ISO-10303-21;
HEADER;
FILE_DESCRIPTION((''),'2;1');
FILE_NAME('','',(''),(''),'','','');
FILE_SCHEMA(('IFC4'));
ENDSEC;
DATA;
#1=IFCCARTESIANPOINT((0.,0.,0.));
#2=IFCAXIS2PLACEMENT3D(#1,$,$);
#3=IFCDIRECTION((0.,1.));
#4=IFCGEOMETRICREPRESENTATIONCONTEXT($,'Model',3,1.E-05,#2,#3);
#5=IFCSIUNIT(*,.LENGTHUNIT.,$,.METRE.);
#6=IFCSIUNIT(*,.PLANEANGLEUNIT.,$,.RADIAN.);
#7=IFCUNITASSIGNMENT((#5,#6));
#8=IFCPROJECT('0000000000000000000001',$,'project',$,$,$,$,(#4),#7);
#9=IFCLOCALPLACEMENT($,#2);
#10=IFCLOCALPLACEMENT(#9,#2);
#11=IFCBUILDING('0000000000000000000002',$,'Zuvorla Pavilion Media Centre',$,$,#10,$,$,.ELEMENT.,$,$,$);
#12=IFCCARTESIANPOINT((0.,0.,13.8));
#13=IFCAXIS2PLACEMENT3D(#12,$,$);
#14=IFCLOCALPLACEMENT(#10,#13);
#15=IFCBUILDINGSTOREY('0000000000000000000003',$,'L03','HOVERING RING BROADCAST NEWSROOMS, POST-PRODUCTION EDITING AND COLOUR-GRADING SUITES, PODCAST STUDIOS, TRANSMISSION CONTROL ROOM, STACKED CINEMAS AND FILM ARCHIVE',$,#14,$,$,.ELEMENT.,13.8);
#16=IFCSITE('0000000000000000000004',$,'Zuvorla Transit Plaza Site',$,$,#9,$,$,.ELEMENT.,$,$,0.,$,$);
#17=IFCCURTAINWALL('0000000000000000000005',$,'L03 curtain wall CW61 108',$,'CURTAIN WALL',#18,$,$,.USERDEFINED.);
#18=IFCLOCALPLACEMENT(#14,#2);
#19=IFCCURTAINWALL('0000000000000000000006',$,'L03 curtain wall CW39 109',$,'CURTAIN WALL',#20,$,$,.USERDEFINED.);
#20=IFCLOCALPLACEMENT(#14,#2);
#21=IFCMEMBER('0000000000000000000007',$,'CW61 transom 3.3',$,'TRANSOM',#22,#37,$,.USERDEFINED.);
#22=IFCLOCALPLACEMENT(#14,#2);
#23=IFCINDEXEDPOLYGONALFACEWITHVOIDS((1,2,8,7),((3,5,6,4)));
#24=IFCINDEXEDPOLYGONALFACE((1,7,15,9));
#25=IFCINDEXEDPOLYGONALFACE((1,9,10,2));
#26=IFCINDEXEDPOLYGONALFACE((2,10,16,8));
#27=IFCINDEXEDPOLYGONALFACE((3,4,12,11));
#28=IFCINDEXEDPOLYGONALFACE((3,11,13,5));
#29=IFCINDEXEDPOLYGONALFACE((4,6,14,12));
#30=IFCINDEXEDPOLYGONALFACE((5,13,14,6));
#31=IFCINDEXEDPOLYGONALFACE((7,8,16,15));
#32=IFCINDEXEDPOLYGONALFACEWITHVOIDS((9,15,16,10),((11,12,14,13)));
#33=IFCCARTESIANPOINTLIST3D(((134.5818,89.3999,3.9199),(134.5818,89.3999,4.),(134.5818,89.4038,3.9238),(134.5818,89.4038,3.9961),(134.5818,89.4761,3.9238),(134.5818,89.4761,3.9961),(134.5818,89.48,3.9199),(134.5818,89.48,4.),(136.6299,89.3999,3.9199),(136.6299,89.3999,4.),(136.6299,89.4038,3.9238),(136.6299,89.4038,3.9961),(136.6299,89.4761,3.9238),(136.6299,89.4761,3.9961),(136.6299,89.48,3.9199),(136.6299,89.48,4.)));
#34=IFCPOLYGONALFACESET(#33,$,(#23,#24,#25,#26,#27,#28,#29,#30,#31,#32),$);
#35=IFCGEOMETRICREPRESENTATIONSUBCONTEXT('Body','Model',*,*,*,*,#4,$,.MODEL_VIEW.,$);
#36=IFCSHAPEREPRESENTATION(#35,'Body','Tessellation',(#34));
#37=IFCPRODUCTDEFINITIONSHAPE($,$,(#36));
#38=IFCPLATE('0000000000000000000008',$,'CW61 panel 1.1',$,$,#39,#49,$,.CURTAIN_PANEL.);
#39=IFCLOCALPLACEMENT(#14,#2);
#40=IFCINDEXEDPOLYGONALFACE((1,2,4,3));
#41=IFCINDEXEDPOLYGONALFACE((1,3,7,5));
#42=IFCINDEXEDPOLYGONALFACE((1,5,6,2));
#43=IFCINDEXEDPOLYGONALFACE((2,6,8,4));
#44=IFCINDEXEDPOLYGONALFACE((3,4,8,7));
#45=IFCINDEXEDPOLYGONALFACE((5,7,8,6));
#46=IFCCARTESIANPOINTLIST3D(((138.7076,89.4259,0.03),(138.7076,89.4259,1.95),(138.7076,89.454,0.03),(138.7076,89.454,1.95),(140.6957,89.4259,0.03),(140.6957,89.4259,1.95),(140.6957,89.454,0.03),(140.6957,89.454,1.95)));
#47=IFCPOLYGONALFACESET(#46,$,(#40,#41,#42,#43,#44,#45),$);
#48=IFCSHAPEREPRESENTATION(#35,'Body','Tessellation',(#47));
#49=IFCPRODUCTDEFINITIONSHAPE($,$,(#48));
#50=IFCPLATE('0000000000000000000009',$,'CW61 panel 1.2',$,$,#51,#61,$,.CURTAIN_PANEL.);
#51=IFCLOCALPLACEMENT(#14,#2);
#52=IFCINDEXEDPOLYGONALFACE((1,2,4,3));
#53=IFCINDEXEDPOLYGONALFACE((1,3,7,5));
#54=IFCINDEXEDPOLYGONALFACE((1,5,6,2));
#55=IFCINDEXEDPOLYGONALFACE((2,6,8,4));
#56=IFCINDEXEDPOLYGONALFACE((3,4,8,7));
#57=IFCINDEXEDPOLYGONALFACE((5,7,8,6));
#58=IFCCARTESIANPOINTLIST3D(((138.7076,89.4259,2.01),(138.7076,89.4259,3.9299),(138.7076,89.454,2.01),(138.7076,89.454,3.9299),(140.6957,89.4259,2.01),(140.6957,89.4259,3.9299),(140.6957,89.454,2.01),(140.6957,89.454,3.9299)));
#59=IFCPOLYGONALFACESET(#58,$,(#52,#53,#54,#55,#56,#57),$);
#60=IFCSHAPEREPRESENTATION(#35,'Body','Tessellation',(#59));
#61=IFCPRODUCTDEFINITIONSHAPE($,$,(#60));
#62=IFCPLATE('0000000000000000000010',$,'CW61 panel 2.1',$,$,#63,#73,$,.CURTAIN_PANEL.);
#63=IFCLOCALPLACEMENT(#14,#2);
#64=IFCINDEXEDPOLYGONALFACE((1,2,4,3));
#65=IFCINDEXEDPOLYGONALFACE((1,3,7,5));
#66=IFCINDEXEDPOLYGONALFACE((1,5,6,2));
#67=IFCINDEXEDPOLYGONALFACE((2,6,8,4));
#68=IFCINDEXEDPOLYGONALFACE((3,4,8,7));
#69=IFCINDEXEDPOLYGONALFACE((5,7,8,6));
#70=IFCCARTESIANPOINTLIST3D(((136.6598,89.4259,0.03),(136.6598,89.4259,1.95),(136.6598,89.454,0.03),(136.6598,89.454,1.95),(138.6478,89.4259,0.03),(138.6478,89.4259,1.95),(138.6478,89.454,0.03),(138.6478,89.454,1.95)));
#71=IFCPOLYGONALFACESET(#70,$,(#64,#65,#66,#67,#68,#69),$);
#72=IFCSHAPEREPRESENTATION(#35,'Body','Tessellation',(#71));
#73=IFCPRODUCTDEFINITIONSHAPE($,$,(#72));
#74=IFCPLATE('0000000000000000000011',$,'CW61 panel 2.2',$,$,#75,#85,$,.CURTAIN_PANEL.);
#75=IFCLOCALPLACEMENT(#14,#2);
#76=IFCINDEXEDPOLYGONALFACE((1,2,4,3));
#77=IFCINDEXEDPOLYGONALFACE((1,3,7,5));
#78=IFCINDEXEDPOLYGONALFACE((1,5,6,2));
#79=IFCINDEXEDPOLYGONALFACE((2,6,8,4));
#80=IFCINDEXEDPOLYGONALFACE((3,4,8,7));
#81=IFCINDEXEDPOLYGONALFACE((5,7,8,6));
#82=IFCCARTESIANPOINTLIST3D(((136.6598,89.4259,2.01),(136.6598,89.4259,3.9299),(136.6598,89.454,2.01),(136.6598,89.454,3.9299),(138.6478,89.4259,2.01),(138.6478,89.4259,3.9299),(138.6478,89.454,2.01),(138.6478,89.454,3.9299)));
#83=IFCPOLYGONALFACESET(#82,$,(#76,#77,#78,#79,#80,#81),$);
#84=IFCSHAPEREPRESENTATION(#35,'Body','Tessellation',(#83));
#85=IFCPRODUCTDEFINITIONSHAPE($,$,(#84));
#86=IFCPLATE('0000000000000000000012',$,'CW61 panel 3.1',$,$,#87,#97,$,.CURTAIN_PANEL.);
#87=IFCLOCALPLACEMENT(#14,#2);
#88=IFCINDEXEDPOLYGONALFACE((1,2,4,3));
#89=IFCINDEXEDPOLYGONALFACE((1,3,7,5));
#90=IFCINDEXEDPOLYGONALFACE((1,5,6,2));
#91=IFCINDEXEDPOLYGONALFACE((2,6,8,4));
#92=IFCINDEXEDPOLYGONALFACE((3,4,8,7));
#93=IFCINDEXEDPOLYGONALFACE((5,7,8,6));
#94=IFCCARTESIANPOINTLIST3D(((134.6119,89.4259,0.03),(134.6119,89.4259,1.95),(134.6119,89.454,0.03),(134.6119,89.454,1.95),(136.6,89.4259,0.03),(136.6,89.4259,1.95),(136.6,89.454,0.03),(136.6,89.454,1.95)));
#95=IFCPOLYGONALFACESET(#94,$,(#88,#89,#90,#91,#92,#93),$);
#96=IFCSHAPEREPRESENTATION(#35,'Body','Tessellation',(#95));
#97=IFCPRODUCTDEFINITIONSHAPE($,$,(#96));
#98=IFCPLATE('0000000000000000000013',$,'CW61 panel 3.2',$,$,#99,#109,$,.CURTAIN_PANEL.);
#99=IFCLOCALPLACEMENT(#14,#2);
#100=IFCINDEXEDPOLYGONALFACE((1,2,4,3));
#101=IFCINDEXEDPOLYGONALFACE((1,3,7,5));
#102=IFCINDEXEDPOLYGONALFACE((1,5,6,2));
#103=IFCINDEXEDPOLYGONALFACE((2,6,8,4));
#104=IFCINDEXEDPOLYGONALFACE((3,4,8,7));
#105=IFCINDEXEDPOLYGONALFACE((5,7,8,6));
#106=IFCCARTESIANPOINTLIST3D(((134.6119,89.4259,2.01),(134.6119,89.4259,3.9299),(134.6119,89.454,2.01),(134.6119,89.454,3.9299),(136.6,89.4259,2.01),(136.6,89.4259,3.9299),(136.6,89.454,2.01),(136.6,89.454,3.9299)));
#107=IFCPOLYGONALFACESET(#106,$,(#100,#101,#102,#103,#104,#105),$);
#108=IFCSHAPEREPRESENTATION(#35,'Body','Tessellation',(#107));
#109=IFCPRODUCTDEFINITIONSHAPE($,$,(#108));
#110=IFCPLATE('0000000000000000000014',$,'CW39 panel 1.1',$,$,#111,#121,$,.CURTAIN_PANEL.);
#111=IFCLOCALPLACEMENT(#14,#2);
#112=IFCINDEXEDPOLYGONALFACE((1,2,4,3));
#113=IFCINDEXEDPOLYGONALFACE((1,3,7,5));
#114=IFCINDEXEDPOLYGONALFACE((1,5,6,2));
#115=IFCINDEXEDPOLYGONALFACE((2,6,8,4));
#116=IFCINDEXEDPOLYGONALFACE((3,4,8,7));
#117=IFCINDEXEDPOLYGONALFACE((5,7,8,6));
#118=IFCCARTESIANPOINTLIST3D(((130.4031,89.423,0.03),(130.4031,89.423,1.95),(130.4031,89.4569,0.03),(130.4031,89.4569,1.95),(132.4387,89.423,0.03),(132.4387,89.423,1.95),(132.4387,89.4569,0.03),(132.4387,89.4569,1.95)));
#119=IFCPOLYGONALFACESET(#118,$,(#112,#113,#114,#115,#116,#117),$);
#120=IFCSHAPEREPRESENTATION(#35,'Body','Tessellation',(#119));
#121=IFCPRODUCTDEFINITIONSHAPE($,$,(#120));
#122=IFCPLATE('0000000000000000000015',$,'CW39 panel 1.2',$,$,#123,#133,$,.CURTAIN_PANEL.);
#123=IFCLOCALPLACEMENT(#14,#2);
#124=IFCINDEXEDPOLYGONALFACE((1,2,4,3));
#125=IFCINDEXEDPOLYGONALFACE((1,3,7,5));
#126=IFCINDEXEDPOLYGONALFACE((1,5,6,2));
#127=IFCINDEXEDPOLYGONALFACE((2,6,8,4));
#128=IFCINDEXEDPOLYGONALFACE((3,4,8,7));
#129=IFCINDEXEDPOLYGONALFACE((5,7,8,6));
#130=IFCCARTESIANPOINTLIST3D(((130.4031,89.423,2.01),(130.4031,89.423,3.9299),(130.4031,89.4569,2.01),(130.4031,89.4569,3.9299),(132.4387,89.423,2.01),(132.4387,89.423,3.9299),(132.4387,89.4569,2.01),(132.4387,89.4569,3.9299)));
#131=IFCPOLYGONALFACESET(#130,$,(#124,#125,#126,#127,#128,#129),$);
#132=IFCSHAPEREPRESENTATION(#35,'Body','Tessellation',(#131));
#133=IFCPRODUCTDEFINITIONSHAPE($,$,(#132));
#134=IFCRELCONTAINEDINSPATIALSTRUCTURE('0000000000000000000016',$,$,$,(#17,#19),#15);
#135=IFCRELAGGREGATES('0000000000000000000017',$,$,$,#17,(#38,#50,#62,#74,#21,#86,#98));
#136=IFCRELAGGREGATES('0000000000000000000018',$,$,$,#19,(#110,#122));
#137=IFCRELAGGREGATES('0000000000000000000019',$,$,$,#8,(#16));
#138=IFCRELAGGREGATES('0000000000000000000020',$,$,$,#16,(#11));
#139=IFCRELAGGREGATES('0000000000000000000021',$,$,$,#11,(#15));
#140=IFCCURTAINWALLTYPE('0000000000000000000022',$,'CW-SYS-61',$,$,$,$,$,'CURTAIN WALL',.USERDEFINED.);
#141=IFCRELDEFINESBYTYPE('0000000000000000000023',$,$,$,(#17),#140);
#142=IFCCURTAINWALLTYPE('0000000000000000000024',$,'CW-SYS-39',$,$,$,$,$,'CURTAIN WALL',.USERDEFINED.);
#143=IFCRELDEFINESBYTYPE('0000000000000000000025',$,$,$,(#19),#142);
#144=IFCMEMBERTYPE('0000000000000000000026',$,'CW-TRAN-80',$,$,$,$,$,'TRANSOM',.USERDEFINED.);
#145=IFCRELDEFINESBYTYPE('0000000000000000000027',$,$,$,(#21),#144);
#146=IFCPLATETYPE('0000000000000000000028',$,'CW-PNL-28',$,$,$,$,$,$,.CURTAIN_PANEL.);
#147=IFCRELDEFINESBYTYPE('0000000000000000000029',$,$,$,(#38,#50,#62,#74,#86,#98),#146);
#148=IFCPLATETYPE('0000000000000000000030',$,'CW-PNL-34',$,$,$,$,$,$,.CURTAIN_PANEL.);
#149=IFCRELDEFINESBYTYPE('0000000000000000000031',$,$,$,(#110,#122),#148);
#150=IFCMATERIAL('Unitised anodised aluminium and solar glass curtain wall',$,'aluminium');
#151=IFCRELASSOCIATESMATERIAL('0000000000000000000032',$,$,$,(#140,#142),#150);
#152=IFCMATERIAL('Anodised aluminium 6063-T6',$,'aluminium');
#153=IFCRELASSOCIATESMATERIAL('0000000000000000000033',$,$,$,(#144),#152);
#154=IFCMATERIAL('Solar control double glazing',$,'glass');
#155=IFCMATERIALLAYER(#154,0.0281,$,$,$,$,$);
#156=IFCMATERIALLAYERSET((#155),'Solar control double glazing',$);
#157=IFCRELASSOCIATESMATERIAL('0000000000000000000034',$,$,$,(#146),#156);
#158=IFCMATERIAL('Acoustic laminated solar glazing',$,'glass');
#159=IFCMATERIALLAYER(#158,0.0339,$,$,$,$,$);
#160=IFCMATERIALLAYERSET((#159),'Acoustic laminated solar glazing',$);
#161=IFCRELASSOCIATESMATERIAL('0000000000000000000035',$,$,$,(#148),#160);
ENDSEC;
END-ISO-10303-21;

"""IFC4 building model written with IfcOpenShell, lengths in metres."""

from ifc_helpers import new_model, si_unit, direction, frame, origin, origin_2d, place, context, subcontext, project, spatial, rectangle, hollow_rectangle, extrude, material, layer, layer_set, material_profile, profile_set, type_object, element, aggregate, save


model = new_model("IFC4")

# Units and contexts
model_context = context("Model", 3, precision=1e-05, world=origin(), true_north=direction((0.0, 1.0)))
body_context = subcontext(model_context, "Body", "Model", "MODEL_VIEW")
ifc_project = project(units=[si_unit("LENGTHUNIT", "METRE"), si_unit("PLANEANGLEUNIT", "RADIAN")], contexts=[model_context])

# Site, building, storey
site_placement = place(None, origin())
site = spatial("IfcSite", under=ifc_project, at=site_placement, Name="Zuvorla Transit Plaza Site", CompositionType="ELEMENT", RefElevation=0.0)
building_placement = place(site_placement, origin())
building = spatial("IfcBuilding", under=site, at=building_placement, Name="Zuvorla Pavilion Media Centre", CompositionType="ELEMENT")
storey_placement = place(building_placement, frame((0.0, 0.0, 13.8)))
storey = spatial("IfcBuildingStorey", under=building, at=storey_placement, Name="L03", Description="HOVERING RING BROADCAST NEWSROOMS, POST-PRODUCTION EDITING AND COLOUR-GRADING SUITES, PODCAST STUDIOS, TRANSMISSION CONTROL ROOM, STACKED CINEMAS AND FILM ARCHIVE", CompositionType="ELEMENT", Elevation=13.8)

# Curtain walls
ifc_material_1 = material(Name="Unitised anodised aluminium and solar glass curtain wall", Category="aluminium")
curtain_wall_type_1 = type_object("IfcCurtainWallType", Name="CW-SYS-61", ElementType="CURTAIN WALL", PredefinedType="USERDEFINED", material=ifc_material_1)
curtain_wall_1_placement = place(storey_placement, origin())
curtain_wall_1 = element("IfcCurtainWall", 1, at=curtain_wall_1_placement, inside=storey, type_object=curtain_wall_type_1, Name="L03 curtain wall CW61 108", ObjectType="CURTAIN WALL", PredefinedType="USERDEFINED")
ifc_material_2 = material(Name="Anodised aluminium 6063-T6", Category="aluminium")
curtain_wall_type_2 = type_object("IfcCurtainWallType", Name="CW-SYS-39", ElementType="CURTAIN WALL", PredefinedType="USERDEFINED", material=ifc_material_1)
curtain_wall_2_placement = place(storey_placement, origin())
curtain_wall_2 = element("IfcCurtainWall", 2, at=curtain_wall_2_placement, inside=storey, type_object=curtain_wall_type_2, Name="L03 curtain wall CW39 109", ObjectType="CURTAIN WALL", PredefinedType="USERDEFINED")

# Member
ifc_material_profile_1 = material_profile(ifc_material_2, hollow_rectangle(XDim=0.0801, YDim=0.0801, WallThickness=0.0039, at=origin_2d()), Name="ALU TRAN 80x80")
ifc_profile_set_1 = profile_set([ifc_material_profile_1], Name="Anodised aluminium 6063-T6")
member_type_1 = type_object("IfcMemberType", Name="CW-TRAN-80", ElementType="TRANSOM", PredefinedType="USERDEFINED", material=ifc_profile_set_1)
member_1_placement = place(storey_placement, frame((136.6299, 89.4399, 3.96), z_axis=(-1.0, 0.0, 0.0), x_axis=(0.0, -1.0, 0.0)))
member_1 = element("IfcMember", 3, at=member_1_placement, type_object=member_type_1, Name="CW61 transom 3.3", ObjectType="TRANSOM", PredefinedType="USERDEFINED", context=body_context, shape_type="SweptSolid", body=[
    extrude(hollow_rectangle(XDim=0.0801, YDim=0.0801, WallThickness=0.0039, at=origin_2d()), origin(), (0.0, 0.0, 1.0), 2.0481),
])

# Plates
ifc_material_3 = material(Name="Solar control double glazing", Category="glass")
ifc_layer_1 = layer(ifc_material_3, 0.0281)
ifc_layer_set_1 = layer_set([ifc_layer_1], Name="Solar control double glazing")
plate_type_1 = type_object("IfcPlateType", Name="CW-PNL-28", PredefinedType="CURTAIN_PANEL", material=ifc_layer_set_1)
plate_1_placement = place(storey_placement, frame((139.7017, 89.4399, 0.03), z_axis=(0.0, 0.0, 1.0), x_axis=(-1.0, 0.0, 0.0)))
plate_1 = element("IfcPlate", 4, at=plate_1_placement, type_object=plate_type_1, Name="CW61 panel 1.1", PredefinedType="CURTAIN_PANEL", context=body_context, shape_type="SweptSolid", body=[
    extrude(rectangle(XDim=1.988, YDim=0.0281, at=origin_2d()), origin(), (0.0, 0.0, 1.0), 1.9199),
])
plate_2_placement = place(storey_placement, frame((139.7017, 89.4399, 2.01), z_axis=(0.0, 0.0, 1.0), x_axis=(-1.0, 0.0, 0.0)))
plate_2 = element("IfcPlate", 5, at=plate_2_placement, type_object=plate_type_1, Name="CW61 panel 1.2", PredefinedType="CURTAIN_PANEL", context=body_context, shape_type="SweptSolid", body=[
    extrude(rectangle(XDim=1.988, YDim=0.0281, at=origin_2d()), origin(), (0.0, 0.0, 1.0), 1.9199),
])
plate_3_placement = place(storey_placement, frame((137.6538, 89.4399, 0.03), z_axis=(0.0, 0.0, 1.0), x_axis=(-1.0, 0.0, 0.0)))
plate_3 = element("IfcPlate", 6, at=plate_3_placement, type_object=plate_type_1, Name="CW61 panel 2.1", PredefinedType="CURTAIN_PANEL", context=body_context, shape_type="SweptSolid", body=[
    extrude(rectangle(XDim=1.988, YDim=0.0281, at=origin_2d()), origin(), (0.0, 0.0, 1.0), 1.9199),
])
plate_4_placement = place(storey_placement, frame((137.6538, 89.4399, 2.01), z_axis=(0.0, 0.0, 1.0), x_axis=(-1.0, 0.0, 0.0)))
plate_4 = element("IfcPlate", 7, at=plate_4_placement, type_object=plate_type_1, Name="CW61 panel 2.2", PredefinedType="CURTAIN_PANEL", context=body_context, shape_type="SweptSolid", body=[
    extrude(rectangle(XDim=1.988, YDim=0.0281, at=origin_2d()), origin(), (0.0, 0.0, 1.0), 1.9199),
])
plate_5_placement = place(storey_placement, frame((135.606, 89.4399, 0.03), z_axis=(0.0, 0.0, 1.0), x_axis=(-1.0, 0.0, 0.0)))
plate_5 = element("IfcPlate", 8, at=plate_5_placement, type_object=plate_type_1, Name="CW61 panel 3.1", PredefinedType="CURTAIN_PANEL", context=body_context, shape_type="SweptSolid", body=[
    extrude(rectangle(XDim=1.988, YDim=0.0281, at=origin_2d()), origin(), (0.0, 0.0, 1.0), 1.9199),
])
plate_6_placement = place(storey_placement, frame((135.606, 89.4399, 2.01), z_axis=(0.0, 0.0, 1.0), x_axis=(-1.0, 0.0, 0.0)))
plate_6 = element("IfcPlate", 9, at=plate_6_placement, type_object=plate_type_1, Name="CW61 panel 3.2", PredefinedType="CURTAIN_PANEL", context=body_context, shape_type="SweptSolid", body=[
    extrude(rectangle(XDim=1.988, YDim=0.0281, at=origin_2d()), origin(), (0.0, 0.0, 1.0), 1.9199),
])
aggregate(curtain_wall_1, [plate_1, plate_2, plate_3, plate_4, member_1, plate_5, plate_6])
ifc_material_4 = material(Name="Acoustic laminated solar glazing", Category="glass")
ifc_layer_2 = layer(ifc_material_4, 0.0339)
ifc_layer_set_2 = layer_set([ifc_layer_2], Name="Acoustic laminated solar glazing")
plate_type_2 = type_object("IfcPlateType", Name="CW-PNL-34", PredefinedType="CURTAIN_PANEL", material=ifc_layer_set_2)
plate_7_placement = place(storey_placement, frame((131.4209, 89.4399, 0.03), z_axis=(0.0, 0.0, 1.0), x_axis=(-1.0, 0.0, 0.0)))
plate_7 = element("IfcPlate", 10, at=plate_7_placement, type_object=plate_type_2, Name="CW39 panel 1.1", PredefinedType="CURTAIN_PANEL", context=body_context, shape_type="SweptSolid", body=[
    extrude(rectangle(XDim=2.0356, YDim=0.0339, at=origin_2d()), origin(), (0.0, 0.0, 1.0), 1.9199),
])
plate_8_placement = place(storey_placement, frame((131.4209, 89.4399, 2.01), z_axis=(0.0, 0.0, 1.0), x_axis=(-1.0, 0.0, 0.0)))
plate_8 = element("IfcPlate", 11, at=plate_8_placement, type_object=plate_type_2, Name="CW39 panel 1.2", PredefinedType="CURTAIN_PANEL", context=body_context, shape_type="SweptSolid", body=[
    extrude(rectangle(XDim=2.0356, YDim=0.0339, at=origin_2d()), origin(), (0.0, 0.0, 1.0), 1.9199),
])
aggregate(curtain_wall_2, [plate_7, plate_8])

save(model, "model.ifc")
